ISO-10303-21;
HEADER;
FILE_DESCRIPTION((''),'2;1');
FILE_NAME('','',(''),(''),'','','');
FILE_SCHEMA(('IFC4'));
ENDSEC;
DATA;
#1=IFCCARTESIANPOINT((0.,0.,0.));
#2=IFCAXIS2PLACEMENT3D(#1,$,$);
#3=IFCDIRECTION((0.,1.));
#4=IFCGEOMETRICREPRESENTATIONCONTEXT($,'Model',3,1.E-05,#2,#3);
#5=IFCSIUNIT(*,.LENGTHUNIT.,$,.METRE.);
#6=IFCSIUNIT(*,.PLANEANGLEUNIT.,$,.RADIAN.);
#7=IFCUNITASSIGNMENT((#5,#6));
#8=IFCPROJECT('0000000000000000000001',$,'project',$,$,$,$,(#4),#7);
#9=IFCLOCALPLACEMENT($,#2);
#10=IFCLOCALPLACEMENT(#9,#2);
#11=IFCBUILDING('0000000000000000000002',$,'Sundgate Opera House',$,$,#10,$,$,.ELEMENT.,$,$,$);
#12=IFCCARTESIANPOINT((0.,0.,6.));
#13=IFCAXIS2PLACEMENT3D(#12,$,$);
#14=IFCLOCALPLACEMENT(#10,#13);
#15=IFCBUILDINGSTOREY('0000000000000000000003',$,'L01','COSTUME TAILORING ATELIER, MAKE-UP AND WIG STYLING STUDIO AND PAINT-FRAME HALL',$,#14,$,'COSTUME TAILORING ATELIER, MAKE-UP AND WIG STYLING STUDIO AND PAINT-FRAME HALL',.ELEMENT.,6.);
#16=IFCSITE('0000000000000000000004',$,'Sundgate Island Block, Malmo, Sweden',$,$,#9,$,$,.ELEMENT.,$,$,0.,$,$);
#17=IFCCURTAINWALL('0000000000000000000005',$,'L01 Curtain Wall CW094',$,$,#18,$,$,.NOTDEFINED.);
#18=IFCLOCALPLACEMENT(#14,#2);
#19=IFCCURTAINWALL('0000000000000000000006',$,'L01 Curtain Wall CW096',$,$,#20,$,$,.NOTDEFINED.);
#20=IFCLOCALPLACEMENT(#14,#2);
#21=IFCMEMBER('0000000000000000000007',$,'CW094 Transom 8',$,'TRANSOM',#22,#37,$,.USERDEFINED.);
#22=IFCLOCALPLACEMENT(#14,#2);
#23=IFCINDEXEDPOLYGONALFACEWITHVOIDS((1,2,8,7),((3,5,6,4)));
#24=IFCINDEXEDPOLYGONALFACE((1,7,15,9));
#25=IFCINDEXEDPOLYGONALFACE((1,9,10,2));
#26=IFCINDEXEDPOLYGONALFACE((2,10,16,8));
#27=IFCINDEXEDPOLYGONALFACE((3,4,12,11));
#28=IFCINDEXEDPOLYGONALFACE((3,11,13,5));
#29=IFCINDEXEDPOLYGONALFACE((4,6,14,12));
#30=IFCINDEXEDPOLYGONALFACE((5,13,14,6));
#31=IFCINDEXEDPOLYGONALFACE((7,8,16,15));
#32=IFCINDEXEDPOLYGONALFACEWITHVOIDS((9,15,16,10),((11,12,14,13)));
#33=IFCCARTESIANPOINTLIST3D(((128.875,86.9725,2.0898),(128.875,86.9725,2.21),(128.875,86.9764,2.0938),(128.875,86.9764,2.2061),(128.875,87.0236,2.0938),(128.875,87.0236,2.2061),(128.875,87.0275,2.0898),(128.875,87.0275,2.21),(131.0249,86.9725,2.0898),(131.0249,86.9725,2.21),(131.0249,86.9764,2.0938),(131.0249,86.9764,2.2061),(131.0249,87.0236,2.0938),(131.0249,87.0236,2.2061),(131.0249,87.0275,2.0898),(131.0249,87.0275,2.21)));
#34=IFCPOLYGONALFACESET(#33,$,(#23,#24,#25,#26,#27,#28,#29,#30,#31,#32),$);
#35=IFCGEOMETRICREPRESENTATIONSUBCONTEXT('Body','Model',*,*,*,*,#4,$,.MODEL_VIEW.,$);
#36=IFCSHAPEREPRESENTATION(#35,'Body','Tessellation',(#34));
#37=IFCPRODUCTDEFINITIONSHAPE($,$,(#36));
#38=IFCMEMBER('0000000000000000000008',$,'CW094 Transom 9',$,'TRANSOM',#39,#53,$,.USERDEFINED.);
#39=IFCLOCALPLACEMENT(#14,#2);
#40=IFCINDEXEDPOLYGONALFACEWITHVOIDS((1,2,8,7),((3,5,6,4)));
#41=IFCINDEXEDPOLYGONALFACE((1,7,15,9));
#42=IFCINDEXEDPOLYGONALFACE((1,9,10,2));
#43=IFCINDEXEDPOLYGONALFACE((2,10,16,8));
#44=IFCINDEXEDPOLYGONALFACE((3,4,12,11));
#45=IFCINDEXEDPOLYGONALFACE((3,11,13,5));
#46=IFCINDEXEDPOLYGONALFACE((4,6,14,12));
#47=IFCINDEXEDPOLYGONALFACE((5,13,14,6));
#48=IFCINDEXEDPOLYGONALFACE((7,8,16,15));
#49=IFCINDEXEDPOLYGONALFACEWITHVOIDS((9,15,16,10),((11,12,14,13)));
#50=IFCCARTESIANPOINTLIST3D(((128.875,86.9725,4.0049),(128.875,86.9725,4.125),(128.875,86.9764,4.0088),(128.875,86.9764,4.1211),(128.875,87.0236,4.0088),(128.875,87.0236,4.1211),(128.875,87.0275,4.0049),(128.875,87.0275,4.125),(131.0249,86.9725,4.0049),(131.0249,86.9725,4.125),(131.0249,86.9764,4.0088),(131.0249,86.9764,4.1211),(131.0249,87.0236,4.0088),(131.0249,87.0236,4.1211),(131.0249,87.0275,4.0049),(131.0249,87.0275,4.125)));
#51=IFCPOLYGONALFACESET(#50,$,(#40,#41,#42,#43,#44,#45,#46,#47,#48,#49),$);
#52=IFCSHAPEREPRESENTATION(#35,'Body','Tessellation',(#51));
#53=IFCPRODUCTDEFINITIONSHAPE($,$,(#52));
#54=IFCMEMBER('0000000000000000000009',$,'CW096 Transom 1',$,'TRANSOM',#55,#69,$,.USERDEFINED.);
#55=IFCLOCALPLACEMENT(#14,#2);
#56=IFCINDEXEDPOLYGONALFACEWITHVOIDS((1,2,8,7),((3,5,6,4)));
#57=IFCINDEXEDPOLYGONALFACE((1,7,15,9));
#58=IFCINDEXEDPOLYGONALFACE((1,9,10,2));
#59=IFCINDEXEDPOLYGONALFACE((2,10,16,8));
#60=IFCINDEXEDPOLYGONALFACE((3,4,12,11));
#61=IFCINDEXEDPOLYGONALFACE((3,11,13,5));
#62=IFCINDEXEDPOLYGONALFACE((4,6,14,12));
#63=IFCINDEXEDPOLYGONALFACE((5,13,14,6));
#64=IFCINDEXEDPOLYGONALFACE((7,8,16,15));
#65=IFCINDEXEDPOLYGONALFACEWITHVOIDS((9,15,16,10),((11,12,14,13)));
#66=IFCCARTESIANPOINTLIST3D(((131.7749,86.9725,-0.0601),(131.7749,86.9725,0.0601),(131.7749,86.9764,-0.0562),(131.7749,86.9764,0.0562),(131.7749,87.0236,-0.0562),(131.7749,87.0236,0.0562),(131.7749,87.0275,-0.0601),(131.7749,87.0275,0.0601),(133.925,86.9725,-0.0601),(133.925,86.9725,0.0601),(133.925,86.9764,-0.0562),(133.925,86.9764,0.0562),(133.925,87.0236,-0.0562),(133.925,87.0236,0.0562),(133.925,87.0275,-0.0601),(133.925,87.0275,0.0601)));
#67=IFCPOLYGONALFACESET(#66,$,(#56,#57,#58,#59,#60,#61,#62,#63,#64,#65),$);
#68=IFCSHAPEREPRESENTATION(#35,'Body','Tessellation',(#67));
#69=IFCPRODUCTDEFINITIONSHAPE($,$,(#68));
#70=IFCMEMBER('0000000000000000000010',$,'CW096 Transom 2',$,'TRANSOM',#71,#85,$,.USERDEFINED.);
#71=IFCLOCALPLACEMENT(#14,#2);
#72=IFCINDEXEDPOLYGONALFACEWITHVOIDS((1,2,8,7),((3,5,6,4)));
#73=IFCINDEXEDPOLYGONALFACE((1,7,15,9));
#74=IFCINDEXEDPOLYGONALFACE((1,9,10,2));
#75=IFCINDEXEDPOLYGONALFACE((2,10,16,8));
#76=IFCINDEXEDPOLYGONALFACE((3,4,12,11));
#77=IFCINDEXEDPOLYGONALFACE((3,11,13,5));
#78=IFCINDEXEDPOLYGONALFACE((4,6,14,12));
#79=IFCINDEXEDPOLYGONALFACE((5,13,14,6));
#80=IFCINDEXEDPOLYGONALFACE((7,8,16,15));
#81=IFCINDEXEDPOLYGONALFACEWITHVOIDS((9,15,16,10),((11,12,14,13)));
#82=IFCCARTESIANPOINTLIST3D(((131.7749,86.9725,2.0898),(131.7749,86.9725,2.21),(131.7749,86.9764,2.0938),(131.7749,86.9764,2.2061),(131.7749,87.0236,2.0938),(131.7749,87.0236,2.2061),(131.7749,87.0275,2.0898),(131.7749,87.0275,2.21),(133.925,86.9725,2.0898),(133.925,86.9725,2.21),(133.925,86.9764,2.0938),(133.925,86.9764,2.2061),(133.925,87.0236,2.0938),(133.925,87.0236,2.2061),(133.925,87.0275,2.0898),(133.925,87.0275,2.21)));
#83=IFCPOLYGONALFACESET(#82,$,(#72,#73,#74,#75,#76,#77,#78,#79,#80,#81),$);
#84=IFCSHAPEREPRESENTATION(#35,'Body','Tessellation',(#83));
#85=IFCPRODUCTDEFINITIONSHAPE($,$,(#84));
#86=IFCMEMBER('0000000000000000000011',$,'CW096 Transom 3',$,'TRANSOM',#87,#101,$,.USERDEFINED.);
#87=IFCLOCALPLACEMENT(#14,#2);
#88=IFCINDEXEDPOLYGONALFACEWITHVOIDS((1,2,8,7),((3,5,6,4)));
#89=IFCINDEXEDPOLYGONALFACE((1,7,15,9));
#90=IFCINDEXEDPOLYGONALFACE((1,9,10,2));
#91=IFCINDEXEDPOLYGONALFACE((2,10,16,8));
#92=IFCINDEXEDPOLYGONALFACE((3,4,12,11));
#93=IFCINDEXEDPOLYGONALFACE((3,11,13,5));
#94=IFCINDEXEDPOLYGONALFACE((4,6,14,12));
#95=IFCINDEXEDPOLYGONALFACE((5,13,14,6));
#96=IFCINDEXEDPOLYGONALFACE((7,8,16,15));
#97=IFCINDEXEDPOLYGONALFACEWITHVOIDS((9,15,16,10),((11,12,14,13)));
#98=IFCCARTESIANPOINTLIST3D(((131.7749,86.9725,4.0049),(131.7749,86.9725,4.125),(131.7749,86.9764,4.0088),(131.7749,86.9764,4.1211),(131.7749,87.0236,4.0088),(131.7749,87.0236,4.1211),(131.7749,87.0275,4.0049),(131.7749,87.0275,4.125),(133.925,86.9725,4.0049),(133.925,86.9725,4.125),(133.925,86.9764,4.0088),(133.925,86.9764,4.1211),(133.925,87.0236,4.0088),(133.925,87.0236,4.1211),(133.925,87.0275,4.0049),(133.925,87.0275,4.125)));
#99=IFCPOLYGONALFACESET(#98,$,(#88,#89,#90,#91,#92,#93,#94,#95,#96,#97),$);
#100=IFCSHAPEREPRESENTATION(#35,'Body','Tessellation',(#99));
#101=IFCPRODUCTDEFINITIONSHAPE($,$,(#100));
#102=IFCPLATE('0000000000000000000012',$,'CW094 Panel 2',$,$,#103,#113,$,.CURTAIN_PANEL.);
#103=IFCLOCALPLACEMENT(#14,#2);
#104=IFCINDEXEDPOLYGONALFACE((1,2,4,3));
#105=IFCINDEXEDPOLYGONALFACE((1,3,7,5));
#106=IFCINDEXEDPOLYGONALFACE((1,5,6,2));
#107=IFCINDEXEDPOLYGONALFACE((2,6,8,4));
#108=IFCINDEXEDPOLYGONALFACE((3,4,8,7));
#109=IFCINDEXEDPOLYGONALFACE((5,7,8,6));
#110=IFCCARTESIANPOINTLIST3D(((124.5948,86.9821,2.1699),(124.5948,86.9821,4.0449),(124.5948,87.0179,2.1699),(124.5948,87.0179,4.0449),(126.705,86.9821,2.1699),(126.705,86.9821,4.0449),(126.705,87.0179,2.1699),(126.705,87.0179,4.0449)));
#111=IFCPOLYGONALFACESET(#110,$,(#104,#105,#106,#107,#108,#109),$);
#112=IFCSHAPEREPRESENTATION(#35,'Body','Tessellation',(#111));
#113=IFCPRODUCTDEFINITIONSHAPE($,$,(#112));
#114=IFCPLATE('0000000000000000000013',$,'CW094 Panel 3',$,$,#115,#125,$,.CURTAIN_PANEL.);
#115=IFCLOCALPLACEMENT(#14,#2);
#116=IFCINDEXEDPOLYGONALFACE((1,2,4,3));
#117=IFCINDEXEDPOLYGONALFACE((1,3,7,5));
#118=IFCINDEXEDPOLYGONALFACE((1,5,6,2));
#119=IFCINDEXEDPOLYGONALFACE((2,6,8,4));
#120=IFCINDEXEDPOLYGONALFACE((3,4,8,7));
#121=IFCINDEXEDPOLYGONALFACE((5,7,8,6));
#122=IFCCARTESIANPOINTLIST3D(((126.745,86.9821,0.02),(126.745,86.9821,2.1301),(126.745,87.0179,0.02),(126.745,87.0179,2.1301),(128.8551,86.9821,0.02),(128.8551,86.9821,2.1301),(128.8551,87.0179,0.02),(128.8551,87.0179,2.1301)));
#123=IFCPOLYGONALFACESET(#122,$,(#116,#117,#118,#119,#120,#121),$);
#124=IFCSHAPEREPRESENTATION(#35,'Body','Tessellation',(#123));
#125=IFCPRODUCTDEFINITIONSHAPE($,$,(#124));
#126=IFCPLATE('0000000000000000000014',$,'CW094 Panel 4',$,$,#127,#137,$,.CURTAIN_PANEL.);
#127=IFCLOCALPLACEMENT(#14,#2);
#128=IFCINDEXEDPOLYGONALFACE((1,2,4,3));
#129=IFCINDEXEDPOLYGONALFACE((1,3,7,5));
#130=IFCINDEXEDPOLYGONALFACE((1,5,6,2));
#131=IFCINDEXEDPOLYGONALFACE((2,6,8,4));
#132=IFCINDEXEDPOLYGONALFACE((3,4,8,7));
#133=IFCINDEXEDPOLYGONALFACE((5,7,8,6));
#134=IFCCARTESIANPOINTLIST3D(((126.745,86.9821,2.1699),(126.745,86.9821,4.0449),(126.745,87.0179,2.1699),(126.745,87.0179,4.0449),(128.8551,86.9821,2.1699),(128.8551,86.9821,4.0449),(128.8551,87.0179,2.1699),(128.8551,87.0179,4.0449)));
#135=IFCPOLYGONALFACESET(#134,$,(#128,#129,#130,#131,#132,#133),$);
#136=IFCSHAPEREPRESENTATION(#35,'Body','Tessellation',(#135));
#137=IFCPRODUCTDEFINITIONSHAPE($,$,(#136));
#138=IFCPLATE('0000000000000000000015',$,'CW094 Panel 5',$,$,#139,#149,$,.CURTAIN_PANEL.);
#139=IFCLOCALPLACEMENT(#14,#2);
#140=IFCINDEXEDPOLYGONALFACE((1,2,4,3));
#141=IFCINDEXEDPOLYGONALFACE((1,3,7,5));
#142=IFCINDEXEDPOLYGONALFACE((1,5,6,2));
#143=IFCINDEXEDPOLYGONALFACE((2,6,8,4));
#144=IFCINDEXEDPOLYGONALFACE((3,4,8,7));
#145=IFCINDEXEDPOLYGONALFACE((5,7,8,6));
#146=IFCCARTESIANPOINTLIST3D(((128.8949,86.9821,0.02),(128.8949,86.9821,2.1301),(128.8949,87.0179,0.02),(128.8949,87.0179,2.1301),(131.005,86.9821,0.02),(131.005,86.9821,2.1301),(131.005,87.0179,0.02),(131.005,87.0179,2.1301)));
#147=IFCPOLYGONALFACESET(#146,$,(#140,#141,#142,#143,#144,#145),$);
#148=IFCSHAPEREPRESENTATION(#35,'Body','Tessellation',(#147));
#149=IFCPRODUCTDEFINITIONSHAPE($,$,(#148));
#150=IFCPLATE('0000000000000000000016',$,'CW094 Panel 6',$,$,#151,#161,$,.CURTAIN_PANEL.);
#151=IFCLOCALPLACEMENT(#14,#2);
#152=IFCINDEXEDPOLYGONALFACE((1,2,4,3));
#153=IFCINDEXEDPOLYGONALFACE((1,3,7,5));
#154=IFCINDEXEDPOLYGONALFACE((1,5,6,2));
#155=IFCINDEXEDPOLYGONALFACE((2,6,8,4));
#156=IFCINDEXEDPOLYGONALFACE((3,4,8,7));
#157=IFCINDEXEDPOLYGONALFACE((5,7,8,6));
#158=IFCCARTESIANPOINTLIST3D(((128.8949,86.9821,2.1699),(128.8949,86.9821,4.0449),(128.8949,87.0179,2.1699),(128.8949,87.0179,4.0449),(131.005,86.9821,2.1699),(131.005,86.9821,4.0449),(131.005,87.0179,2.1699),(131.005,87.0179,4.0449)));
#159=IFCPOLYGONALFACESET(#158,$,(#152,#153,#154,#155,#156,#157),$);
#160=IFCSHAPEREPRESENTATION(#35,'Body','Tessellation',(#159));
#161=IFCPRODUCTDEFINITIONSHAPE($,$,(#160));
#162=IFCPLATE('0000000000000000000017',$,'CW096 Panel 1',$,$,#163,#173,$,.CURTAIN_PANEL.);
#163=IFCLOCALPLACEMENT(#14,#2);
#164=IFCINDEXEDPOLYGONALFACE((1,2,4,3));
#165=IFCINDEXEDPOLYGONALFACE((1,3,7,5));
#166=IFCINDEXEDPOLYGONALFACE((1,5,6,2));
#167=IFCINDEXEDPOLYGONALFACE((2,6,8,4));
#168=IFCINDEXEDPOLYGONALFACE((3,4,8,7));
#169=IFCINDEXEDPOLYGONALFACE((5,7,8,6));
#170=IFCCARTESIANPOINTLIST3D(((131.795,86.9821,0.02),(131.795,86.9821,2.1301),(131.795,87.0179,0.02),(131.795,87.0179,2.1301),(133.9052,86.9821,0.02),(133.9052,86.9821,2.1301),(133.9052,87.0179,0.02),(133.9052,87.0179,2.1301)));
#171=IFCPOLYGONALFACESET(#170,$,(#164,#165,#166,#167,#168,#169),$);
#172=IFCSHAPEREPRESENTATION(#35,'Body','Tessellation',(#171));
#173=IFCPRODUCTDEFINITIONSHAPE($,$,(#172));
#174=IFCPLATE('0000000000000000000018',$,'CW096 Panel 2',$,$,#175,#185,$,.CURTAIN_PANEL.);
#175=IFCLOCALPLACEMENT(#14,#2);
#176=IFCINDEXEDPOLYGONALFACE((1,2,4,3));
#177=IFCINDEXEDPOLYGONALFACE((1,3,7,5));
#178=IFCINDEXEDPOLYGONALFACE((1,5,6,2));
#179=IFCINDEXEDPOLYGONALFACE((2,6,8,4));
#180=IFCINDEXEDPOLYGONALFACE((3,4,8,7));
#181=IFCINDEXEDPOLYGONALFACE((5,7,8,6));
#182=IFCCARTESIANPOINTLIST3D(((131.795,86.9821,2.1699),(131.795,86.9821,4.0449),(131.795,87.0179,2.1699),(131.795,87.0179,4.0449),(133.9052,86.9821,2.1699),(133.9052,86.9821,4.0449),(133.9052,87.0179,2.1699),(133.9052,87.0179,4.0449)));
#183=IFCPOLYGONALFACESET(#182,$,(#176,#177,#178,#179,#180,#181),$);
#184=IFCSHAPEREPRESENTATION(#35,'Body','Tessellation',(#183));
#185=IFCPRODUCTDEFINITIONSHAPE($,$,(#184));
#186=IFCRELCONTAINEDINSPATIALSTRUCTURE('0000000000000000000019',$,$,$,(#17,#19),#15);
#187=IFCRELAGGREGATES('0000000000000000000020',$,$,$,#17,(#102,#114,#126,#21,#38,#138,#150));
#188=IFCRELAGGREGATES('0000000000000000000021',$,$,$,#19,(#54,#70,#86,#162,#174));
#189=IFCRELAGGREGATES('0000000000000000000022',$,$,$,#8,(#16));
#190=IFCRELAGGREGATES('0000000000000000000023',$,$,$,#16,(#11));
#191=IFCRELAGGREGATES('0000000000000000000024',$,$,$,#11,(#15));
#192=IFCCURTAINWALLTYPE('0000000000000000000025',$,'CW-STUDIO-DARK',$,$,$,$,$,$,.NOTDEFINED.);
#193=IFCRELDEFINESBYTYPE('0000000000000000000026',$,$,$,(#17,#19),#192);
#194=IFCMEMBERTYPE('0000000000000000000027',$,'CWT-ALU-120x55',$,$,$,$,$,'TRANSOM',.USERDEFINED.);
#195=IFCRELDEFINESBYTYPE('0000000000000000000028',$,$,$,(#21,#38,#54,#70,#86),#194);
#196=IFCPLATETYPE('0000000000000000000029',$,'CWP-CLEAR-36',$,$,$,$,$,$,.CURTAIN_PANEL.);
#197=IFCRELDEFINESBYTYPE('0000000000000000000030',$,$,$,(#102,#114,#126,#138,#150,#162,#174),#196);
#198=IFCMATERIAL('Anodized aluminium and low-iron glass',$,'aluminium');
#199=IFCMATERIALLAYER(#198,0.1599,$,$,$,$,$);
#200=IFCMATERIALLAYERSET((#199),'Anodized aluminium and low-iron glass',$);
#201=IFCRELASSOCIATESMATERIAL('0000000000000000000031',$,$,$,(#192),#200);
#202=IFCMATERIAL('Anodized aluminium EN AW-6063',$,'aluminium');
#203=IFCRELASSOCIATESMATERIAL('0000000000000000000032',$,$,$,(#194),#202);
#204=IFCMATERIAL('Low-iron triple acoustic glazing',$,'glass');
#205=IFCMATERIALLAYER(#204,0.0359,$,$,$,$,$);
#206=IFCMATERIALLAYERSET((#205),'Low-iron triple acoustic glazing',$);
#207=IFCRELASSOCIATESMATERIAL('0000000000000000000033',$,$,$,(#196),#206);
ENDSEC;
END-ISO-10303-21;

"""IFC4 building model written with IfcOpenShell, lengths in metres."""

from ifc_helpers import new_model, si_unit, direction, frame, origin, origin_2d, place, context, subcontext, project, spatial, rectangle, hollow_rectangle, extrude, material, layer, layer_set, material_profile, profile_set, type_object, element, aggregate, save


model = new_model("IFC4")

# Units and contexts
model_context = context("Model", 3, precision=1e-05, world=origin(), true_north=direction((0.0, 1.0)))
body_context = subcontext(model_context, "Body", "Model", "MODEL_VIEW")
ifc_project = project(units=[si_unit("LENGTHUNIT", "METRE"), si_unit("PLANEANGLEUNIT", "RADIAN")], contexts=[model_context])

# Site, building, storey
site_placement = place(None, origin())
site = spatial("IfcSite", under=ifc_project, at=site_placement, Name="Sundgate Island Block, Malmo, Sweden", CompositionType="ELEMENT", RefElevation=0.0)
building_placement = place(site_placement, origin())
building = spatial("IfcBuilding", under=site, at=building_placement, Name="Sundgate Opera House", CompositionType="ELEMENT")
storey_placement = place(building_placement, frame((0.0, 0.0, 6.0)))
storey = spatial("IfcBuildingStorey", under=building, at=storey_placement, Name="L01", Description="COSTUME TAILORING ATELIER, MAKE-UP AND WIG STYLING STUDIO AND PAINT-FRAME HALL", LongName="COSTUME TAILORING ATELIER, MAKE-UP AND WIG STYLING STUDIO AND PAINT-FRAME HALL", CompositionType="ELEMENT", Elevation=6.0)

# Curtain wall
ifc_material_1 = material(Name="Anodized aluminium and low-iron glass", Category="aluminium")
ifc_layer_1 = layer(ifc_material_1, 0.1599)
ifc_layer_set_1 = layer_set([ifc_layer_1], Name="Anodized aluminium and low-iron glass")
curtain_wall_type = type_object("IfcCurtainWallType", Name="CW-STUDIO-DARK", PredefinedType="NOTDEFINED", material=ifc_layer_set_1)
curtain_wall_1_placement = place(storey_placement, origin())
curtain_wall_1 = element("IfcCurtainWall", 1, at=curtain_wall_1_placement, inside=storey, type_object=curtain_wall_type, Name="L01 Curtain Wall CW094", PredefinedType="NOTDEFINED")

# Curtain wall
curtain_wall_2_placement = place(storey_placement, origin())
curtain_wall_2 = element("IfcCurtainWall", 2, at=curtain_wall_2_placement, inside=storey, type_object=curtain_wall_type, Name="L01 Curtain Wall CW096", PredefinedType="NOTDEFINED")

# Members
ifc_material_2 = material(Name="Anodized aluminium EN AW-6063", Category="aluminium")
ifc_material_profile_1 = material_profile(ifc_material_2, hollow_rectangle(XDim=0.0549, YDim=0.1201, WallThickness=0.0039, at=origin_2d()), Name="CWT 120x55x4")
ifc_profile_set_1 = profile_set([ifc_material_profile_1], Name="Anodized aluminium EN AW-6063")
member_type_1 = type_object("IfcMemberType", Name="CWT-ALU-120x55", ElementType="TRANSOM", PredefinedType="USERDEFINED", material=ifc_profile_set_1)
member_1_placement = place(storey_placement, frame((128.875, 87.0, 2.1499), z_axis=(1.0, 0.0, 0.0), x_axis=(0.0, 1.0, 0.0)))
member_1 = element("IfcMember", 3, at=member_1_placement, type_object=member_type_1, Name="CW094 Transom 8", ObjectType="TRANSOM", PredefinedType="USERDEFINED", context=body_context, shape_type="SweptSolid", body=[
    extrude(hollow_rectangle(XDim=0.0549, YDim=0.1201, WallThickness=0.0039, at=origin_2d()), origin(), (0.0, 0.0, 1.0), 2.1499),
])
member_2_placement = place(storey_placement, frame((128.875, 87.0, 4.0649), z_axis=(1.0, 0.0, 0.0), x_axis=(0.0, 1.0, 0.0)))
member_2 = element("IfcMember", 4, at=member_2_placement, type_object=member_type_1, Name="CW094 Transom 9", ObjectType="TRANSOM", PredefinedType="USERDEFINED", context=body_context, shape_type="SweptSolid", body=[
    extrude(hollow_rectangle(XDim=0.0549, YDim=0.1201, WallThickness=0.0039, at=origin_2d()), origin(), (0.0, 0.0, 1.0), 2.1499),
])
member_3_placement = place(storey_placement, frame((131.7749, 87.0, 0.0), z_axis=(1.0, 0.0, 0.0), x_axis=(0.0, 1.0, 0.0)))
member_3 = element("IfcMember", 5, at=member_3_placement, type_object=member_type_1, Name="CW096 Transom 1", ObjectType="TRANSOM", PredefinedType="USERDEFINED", context=body_context, shape_type="SweptSolid", body=[
    extrude(hollow_rectangle(XDim=0.0549, YDim=0.1201, WallThickness=0.0039, at=origin_2d()), origin(), (0.0, 0.0, 1.0), 2.1501),
])
member_4_placement = place(storey_placement, frame((131.7749, 87.0, 2.1499), z_axis=(1.0, 0.0, 0.0), x_axis=(0.0, 1.0, 0.0)))
member_4 = element("IfcMember", 6, at=member_4_placement, type_object=member_type_1, Name="CW096 Transom 2", ObjectType="TRANSOM", PredefinedType="USERDEFINED", context=body_context, shape_type="SweptSolid", body=[
    extrude(hollow_rectangle(XDim=0.0549, YDim=0.1201, WallThickness=0.0039, at=origin_2d()), origin(), (0.0, 0.0, 1.0), 2.1501),
])
member_5_placement = place(storey_placement, frame((131.7749, 87.0, 4.0649), z_axis=(1.0, 0.0, 0.0), x_axis=(0.0, 1.0, 0.0)))
member_5 = element("IfcMember", 7, at=member_5_placement, type_object=member_type_1, Name="CW096 Transom 3", ObjectType="TRANSOM", PredefinedType="USERDEFINED", context=body_context, shape_type="SweptSolid", body=[
    extrude(hollow_rectangle(XDim=0.0549, YDim=0.1201, WallThickness=0.0039, at=origin_2d()), origin(), (0.0, 0.0, 1.0), 2.1501),
])

# Plates
ifc_material_3 = material(Name="Low-iron triple acoustic glazing", Category="glass")
ifc_layer_2 = layer(ifc_material_3, 0.0359)
ifc_layer_set_2 = layer_set([ifc_layer_2], Name="Low-iron triple acoustic glazing")
plate_type = type_object("IfcPlateType", Name="CWP-CLEAR-36", PredefinedType="CURTAIN_PANEL", material=ifc_layer_set_2)
plate_1_placement = place(storey_placement, frame((125.6499, 87.0, 2.1699), z_axis=(0.0, 0.0, 1.0), x_axis=(1.0, 0.0, 0.0)))
plate_1 = element("IfcPlate", 8, at=plate_1_placement, type_object=plate_type, Name="CW094 Panel 2", PredefinedType="CURTAIN_PANEL", context=body_context, shape_type="SweptSolid", body=[
    extrude(rectangle(XDim=2.1101, YDim=0.0359, at=origin_2d()), origin(), (0.0, 0.0, 1.0), 1.875),
])
plate_2_placement = place(storey_placement, frame((127.8, 87.0, 0.02), z_axis=(0.0, 0.0, 1.0), x_axis=(1.0, 0.0, 0.0)))
plate_2 = element("IfcPlate", 9, at=plate_2_placement, type_object=plate_type, Name="CW094 Panel 3", PredefinedType="CURTAIN_PANEL", context=body_context, shape_type="SweptSolid", body=[
    extrude(rectangle(XDim=2.1101, YDim=0.0359, at=origin_2d()), origin(), (0.0, 0.0, 1.0), 2.1101),
])
plate_3_placement = place(storey_placement, frame((127.8, 87.0, 2.1699), z_axis=(0.0, 0.0, 1.0), x_axis=(1.0, 0.0, 0.0)))
plate_3 = element("IfcPlate", 10, at=plate_3_placement, type_object=plate_type, Name="CW094 Panel 4", PredefinedType="CURTAIN_PANEL", context=body_context, shape_type="SweptSolid", body=[
    extrude(rectangle(XDim=2.1101, YDim=0.0359, at=origin_2d()), origin(), (0.0, 0.0, 1.0), 1.875),
])
plate_4_placement = place(storey_placement, frame((129.95, 87.0, 0.02), z_axis=(0.0, 0.0, 1.0), x_axis=(1.0, 0.0, 0.0)))
plate_4 = element("IfcPlate", 11, at=plate_4_placement, type_object=plate_type, Name="CW094 Panel 5", PredefinedType="CURTAIN_PANEL", context=body_context, shape_type="SweptSolid", body=[
    extrude(rectangle(XDim=2.1101, YDim=0.0359, at=origin_2d()), origin(), (0.0, 0.0, 1.0), 2.1101),
])
plate_5_placement = place(storey_placement, frame((129.95, 87.0, 2.1699), z_axis=(0.0, 0.0, 1.0), x_axis=(1.0, 0.0, 0.0)))
plate_5 = element("IfcPlate", 12, at=plate_5_placement, type_object=plate_type, Name="CW094 Panel 6", PredefinedType="CURTAIN_PANEL", context=body_context, shape_type="SweptSolid", body=[
    extrude(rectangle(XDim=2.1101, YDim=0.0359, at=origin_2d()), origin(), (0.0, 0.0, 1.0), 1.875),
])
aggregate(curtain_wall_1, [plate_1, plate_2, plate_3, member_1, member_2, plate_4, plate_5])
plate_6_placement = place(storey_placement, frame((132.8501, 87.0, 0.02), z_axis=(0.0, 0.0, 1.0), x_axis=(1.0, 0.0, 0.0)))
plate_6 = element("IfcPlate", 13, at=plate_6_placement, type_object=plate_type, Name="CW096 Panel 1", PredefinedType="CURTAIN_PANEL", context=body_context, shape_type="SweptSolid", body=[
    extrude(rectangle(XDim=2.1101, YDim=0.0359, at=origin_2d()), origin(), (0.0, 0.0, 1.0), 2.1101),
])
plate_7_placement = place(storey_placement, frame((132.8501, 87.0, 2.1699), z_axis=(0.0, 0.0, 1.0), x_axis=(1.0, 0.0, 0.0)))
plate_7 = element("IfcPlate", 14, at=plate_7_placement, type_object=plate_type, Name="CW096 Panel 2", PredefinedType="CURTAIN_PANEL", context=body_context, shape_type="SweptSolid", body=[
    extrude(rectangle(XDim=2.1101, YDim=0.0359, at=origin_2d()), origin(), (0.0, 0.0, 1.0), 1.875),
])
aggregate(curtain_wall_2, [member_3, member_4, member_5, plate_6, plate_7])

save(model, "model.ifc")
